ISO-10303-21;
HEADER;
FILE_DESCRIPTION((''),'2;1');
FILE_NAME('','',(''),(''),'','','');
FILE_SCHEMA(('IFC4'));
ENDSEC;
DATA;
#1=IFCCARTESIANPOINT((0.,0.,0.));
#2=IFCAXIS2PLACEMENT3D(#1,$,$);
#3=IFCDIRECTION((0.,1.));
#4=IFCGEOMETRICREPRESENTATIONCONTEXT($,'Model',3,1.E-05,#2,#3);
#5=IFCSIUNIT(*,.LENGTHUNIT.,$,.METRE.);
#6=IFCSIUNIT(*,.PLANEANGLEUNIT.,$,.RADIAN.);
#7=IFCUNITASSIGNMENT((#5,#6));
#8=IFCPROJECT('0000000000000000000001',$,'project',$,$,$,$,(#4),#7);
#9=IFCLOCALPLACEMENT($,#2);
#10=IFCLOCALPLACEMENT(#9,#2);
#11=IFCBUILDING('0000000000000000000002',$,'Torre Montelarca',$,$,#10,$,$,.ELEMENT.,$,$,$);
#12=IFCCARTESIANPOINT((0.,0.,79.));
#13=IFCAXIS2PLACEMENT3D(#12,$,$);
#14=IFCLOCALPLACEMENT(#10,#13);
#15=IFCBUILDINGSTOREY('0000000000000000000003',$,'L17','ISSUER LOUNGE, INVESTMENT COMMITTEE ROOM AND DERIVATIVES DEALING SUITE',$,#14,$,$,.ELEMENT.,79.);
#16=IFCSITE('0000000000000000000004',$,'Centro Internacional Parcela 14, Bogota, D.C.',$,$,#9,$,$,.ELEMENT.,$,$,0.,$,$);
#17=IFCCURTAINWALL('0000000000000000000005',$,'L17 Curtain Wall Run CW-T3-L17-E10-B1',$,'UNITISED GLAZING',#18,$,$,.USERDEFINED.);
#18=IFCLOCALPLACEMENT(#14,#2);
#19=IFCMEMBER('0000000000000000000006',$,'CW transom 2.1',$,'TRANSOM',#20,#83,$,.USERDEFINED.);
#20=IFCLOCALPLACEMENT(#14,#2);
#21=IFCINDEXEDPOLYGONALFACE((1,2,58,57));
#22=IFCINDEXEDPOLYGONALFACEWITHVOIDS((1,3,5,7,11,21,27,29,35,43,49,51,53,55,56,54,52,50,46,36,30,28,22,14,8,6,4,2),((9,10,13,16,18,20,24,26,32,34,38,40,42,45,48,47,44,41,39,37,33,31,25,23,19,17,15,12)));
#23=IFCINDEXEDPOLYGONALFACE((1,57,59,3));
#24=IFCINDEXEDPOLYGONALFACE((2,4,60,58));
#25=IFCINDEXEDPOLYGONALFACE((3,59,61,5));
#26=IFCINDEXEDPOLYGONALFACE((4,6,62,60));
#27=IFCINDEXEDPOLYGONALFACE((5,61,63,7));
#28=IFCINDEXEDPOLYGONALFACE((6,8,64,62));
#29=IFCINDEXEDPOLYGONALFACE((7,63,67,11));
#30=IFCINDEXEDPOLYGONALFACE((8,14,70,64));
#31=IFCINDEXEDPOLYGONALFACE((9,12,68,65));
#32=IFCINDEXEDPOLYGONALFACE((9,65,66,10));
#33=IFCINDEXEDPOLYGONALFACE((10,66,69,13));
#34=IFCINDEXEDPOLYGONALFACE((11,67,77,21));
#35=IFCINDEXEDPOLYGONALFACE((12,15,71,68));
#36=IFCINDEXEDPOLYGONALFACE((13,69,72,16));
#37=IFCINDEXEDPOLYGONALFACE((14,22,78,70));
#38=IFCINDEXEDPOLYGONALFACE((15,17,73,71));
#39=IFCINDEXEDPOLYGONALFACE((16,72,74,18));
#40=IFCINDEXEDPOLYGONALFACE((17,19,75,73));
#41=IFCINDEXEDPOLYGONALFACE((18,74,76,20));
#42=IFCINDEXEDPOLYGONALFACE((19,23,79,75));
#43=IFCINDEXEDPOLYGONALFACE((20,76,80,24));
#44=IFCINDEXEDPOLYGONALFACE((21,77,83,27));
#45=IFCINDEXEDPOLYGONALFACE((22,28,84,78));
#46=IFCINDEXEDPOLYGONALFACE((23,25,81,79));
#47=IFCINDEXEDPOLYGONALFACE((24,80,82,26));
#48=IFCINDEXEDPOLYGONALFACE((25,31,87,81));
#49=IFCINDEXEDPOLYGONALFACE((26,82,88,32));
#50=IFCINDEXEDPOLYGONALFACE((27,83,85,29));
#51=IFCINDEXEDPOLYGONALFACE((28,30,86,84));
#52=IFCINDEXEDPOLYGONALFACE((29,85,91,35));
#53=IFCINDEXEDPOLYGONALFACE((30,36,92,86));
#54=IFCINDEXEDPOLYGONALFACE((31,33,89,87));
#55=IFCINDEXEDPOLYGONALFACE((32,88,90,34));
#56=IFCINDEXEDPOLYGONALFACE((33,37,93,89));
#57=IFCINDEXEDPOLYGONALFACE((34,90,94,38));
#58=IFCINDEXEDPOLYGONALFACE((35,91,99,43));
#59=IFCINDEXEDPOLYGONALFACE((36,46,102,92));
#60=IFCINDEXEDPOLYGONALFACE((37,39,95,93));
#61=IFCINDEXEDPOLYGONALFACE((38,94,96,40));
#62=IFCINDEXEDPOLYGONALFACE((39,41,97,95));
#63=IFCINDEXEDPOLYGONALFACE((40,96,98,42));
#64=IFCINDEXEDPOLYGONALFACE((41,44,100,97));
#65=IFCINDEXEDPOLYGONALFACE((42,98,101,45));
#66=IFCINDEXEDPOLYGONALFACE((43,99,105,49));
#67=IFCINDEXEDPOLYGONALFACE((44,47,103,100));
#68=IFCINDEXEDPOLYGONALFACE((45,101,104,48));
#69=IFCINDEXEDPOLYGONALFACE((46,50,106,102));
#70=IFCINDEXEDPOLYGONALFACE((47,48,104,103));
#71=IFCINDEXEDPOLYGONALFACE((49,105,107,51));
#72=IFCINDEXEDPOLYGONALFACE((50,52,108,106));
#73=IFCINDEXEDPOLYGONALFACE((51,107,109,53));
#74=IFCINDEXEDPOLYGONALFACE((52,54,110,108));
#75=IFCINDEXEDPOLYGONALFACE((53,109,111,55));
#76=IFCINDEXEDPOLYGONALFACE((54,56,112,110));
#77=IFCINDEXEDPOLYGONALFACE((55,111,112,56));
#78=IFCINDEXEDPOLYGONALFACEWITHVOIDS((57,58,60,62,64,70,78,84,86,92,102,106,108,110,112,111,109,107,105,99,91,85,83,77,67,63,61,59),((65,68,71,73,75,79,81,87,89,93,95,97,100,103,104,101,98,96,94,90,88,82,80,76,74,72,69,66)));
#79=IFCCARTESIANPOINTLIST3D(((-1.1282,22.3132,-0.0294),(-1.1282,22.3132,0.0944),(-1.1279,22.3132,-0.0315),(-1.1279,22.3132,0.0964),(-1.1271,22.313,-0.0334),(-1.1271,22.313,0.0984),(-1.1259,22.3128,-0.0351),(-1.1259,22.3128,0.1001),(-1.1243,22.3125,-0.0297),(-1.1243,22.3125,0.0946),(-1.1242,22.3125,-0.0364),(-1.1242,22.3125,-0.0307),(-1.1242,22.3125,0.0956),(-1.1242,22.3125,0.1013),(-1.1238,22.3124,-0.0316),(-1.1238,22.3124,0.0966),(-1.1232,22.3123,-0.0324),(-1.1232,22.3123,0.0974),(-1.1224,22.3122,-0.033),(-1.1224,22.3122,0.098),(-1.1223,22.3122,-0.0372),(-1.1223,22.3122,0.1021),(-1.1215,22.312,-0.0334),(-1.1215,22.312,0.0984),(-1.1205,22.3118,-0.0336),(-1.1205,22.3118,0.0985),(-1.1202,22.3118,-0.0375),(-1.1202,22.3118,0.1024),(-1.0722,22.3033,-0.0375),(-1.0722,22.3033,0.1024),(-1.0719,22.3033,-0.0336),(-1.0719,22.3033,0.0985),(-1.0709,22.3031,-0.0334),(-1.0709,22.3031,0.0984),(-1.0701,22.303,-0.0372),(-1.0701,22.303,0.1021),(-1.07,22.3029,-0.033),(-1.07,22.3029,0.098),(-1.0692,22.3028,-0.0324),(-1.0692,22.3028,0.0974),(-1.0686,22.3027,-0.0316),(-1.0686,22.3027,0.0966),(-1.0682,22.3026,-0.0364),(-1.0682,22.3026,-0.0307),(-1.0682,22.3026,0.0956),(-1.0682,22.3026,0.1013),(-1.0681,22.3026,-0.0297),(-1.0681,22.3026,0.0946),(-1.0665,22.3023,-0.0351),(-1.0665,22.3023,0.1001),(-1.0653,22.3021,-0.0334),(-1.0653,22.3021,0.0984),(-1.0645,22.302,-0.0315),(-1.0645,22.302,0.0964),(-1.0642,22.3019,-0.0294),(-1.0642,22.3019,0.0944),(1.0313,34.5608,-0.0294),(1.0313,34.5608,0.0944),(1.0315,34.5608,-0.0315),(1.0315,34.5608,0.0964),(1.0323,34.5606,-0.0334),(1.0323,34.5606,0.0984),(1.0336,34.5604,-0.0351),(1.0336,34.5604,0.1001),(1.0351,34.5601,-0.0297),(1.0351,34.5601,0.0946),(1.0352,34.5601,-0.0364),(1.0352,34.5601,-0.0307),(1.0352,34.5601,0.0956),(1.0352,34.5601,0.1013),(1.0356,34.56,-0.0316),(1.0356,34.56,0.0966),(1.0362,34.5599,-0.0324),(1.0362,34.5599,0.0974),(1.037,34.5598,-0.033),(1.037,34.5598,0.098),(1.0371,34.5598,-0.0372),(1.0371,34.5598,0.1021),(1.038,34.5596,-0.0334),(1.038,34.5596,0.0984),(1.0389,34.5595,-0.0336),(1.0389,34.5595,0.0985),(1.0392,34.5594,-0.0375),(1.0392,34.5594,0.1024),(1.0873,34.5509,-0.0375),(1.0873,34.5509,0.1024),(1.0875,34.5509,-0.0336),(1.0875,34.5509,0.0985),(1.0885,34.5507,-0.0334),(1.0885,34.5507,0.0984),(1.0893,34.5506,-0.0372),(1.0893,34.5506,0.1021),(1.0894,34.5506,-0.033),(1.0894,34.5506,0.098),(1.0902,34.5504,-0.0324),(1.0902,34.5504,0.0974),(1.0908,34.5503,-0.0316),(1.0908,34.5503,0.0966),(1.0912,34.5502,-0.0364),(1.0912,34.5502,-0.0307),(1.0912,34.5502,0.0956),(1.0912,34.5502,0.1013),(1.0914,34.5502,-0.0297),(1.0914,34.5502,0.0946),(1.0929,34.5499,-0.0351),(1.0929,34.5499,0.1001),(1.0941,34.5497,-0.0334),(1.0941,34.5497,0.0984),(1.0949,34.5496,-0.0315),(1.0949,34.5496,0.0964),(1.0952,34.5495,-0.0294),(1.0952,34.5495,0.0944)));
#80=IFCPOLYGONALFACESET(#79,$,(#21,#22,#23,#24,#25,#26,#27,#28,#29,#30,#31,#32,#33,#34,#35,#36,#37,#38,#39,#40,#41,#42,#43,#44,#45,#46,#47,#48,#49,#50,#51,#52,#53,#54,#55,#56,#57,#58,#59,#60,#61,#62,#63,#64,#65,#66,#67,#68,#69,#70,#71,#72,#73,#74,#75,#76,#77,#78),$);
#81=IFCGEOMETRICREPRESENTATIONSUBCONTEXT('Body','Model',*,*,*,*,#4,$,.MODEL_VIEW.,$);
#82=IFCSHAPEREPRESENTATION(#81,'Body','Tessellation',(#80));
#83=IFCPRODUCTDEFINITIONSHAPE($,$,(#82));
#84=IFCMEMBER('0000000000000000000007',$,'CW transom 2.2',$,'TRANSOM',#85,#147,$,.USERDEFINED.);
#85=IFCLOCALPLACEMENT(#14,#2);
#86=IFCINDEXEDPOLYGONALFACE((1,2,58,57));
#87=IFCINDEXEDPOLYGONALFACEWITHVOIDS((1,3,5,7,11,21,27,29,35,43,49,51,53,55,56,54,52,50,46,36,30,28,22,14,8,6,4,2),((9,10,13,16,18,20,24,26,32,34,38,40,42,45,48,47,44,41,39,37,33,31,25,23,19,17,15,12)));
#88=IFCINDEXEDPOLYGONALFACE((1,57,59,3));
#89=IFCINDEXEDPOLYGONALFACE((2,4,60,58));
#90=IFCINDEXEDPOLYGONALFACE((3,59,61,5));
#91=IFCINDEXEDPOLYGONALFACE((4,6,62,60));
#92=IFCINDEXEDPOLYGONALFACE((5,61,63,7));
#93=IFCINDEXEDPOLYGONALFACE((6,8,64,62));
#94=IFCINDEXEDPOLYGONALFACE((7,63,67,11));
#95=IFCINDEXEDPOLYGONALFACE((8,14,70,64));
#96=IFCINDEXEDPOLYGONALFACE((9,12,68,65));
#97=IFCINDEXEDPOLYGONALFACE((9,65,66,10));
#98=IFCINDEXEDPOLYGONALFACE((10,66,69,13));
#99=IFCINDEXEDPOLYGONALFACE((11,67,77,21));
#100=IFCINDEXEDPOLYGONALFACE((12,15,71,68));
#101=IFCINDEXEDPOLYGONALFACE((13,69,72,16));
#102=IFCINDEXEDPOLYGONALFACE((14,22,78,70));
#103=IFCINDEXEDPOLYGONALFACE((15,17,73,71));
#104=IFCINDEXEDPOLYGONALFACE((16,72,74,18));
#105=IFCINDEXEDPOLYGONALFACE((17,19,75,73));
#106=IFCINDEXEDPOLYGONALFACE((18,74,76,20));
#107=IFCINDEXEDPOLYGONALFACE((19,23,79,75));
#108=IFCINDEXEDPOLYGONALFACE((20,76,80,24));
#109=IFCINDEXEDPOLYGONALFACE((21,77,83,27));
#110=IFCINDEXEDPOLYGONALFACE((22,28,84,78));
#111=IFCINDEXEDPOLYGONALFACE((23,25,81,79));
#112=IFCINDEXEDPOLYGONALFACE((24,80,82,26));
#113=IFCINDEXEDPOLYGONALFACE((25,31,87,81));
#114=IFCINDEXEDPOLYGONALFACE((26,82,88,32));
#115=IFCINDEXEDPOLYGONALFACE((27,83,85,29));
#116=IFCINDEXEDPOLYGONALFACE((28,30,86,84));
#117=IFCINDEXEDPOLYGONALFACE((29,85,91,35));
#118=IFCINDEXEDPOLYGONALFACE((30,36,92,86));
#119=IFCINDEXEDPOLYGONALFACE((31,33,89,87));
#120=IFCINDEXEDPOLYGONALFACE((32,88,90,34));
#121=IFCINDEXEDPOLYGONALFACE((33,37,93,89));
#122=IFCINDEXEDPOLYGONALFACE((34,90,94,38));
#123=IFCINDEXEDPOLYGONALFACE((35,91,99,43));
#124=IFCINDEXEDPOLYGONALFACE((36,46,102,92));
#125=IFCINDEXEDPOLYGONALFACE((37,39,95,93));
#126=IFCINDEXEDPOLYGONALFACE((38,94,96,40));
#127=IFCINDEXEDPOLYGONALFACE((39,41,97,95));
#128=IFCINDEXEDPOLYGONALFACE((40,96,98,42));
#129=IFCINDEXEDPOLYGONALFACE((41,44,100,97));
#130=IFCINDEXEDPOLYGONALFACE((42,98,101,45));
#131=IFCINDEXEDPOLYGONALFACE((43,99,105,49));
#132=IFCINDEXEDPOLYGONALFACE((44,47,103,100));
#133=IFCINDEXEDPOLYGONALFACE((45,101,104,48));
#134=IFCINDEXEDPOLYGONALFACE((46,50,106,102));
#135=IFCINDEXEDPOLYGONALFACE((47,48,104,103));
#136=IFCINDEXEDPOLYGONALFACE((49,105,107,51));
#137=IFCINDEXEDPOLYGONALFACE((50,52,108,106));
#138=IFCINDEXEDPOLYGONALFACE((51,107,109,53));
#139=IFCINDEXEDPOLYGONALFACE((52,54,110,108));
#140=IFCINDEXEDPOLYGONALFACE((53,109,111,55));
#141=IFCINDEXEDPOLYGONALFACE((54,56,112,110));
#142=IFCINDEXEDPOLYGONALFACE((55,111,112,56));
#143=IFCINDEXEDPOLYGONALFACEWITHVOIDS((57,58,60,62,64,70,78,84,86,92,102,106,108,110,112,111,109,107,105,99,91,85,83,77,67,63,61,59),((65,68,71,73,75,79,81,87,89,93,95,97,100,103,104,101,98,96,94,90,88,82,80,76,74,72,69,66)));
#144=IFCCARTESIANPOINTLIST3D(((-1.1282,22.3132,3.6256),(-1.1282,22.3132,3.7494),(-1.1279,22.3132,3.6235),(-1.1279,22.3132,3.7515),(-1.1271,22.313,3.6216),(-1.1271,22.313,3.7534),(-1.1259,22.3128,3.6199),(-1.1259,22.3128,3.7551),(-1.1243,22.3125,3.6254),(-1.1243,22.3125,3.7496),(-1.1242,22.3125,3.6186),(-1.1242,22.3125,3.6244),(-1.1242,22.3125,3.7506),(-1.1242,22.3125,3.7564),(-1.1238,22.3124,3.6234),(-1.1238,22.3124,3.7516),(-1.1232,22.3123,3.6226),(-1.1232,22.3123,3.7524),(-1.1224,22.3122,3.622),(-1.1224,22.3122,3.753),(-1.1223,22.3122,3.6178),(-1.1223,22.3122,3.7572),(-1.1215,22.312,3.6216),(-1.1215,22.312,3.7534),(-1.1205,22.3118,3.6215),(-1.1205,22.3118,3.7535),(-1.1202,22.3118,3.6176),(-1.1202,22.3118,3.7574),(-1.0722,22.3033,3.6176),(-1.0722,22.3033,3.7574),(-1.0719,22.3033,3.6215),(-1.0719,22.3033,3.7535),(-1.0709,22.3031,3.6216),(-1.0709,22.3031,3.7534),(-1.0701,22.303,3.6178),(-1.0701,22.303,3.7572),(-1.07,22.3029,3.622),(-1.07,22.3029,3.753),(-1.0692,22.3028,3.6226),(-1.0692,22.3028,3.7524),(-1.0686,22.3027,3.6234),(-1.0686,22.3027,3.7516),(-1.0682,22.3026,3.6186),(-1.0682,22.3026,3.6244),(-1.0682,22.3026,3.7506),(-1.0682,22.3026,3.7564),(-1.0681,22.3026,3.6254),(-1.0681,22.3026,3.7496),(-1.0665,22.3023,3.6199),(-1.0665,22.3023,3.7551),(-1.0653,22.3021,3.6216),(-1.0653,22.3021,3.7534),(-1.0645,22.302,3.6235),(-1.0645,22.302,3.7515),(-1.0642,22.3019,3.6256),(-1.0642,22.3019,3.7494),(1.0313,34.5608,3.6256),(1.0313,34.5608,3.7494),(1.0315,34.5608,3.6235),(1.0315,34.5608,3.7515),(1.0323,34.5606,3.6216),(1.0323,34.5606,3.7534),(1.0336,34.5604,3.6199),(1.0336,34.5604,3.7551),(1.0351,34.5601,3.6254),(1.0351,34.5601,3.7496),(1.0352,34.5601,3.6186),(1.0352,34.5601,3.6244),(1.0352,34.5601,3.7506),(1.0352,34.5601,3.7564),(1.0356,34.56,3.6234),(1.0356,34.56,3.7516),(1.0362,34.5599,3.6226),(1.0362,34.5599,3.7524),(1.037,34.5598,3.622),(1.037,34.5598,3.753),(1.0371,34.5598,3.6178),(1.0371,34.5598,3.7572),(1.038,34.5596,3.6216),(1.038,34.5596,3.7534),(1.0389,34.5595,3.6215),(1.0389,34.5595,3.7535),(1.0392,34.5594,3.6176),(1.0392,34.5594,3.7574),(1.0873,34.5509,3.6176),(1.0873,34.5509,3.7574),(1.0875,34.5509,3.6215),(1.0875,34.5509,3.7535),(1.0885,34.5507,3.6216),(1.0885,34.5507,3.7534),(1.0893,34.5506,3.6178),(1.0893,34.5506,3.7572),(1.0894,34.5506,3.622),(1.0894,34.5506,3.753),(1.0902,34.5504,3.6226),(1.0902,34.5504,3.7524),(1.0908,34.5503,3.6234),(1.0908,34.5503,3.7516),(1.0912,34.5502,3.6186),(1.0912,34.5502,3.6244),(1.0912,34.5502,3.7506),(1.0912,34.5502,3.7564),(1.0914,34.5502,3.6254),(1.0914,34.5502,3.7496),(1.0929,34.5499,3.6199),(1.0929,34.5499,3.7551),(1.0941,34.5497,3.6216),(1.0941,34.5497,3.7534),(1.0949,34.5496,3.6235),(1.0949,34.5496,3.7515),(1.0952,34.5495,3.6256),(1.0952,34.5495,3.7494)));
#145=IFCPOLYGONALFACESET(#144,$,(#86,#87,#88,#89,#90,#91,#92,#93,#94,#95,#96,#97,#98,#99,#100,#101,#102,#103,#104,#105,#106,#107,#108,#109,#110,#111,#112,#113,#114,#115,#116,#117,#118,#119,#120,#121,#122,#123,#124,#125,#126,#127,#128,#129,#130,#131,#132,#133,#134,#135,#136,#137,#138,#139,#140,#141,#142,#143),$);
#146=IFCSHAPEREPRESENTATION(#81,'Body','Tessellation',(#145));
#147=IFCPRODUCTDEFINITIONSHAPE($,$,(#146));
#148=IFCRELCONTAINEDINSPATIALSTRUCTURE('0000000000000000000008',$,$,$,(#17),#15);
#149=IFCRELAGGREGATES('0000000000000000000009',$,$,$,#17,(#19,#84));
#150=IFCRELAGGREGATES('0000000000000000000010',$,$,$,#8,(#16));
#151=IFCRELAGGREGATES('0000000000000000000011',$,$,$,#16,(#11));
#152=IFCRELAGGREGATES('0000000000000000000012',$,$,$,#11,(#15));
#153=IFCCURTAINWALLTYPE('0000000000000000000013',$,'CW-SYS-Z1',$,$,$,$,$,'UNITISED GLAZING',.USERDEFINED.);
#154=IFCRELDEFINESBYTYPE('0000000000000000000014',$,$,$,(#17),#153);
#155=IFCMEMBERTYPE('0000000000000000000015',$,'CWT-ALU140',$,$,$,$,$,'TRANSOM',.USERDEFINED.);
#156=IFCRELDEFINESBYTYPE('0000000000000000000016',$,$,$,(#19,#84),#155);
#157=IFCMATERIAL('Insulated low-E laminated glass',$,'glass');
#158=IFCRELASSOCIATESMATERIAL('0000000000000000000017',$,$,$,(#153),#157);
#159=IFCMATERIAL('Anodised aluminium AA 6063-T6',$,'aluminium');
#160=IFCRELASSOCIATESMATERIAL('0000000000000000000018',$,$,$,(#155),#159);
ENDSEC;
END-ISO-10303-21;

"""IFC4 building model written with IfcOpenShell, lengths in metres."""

from ifc_helpers import new_model, si_unit, direction, frame, origin, origin_2d, place, context, subcontext, project, spatial, hollow_rectangle, extrude, source, transform, mapped, material, material_profile, profile_set, type_object, element, aggregate, save


model = new_model("IFC4")

# Units and contexts
model_context = context("Model", 3, precision=1e-05, world=origin(), true_north=direction((0.0, 1.0)))
body_context = subcontext(model_context, "Body", "Model", "MODEL_VIEW")
ifc_project = project(units=[si_unit("LENGTHUNIT", "METRE"), si_unit("PLANEANGLEUNIT", "RADIAN")], contexts=[model_context])

# Site, building, storey
site_placement = place(None, origin())
site = spatial("IfcSite", under=ifc_project, at=site_placement, Name="Centro Internacional Parcela 14, Bogota, D.C.", CompositionType="ELEMENT", RefElevation=0.0)
building_placement = place(site_placement, origin())
building = spatial("IfcBuilding", under=site, at=building_placement, Name="Torre Montelarca", CompositionType="ELEMENT")
storey_placement = place(building_placement, frame((0.0, 0.0, 79.0)))
storey = spatial("IfcBuildingStorey", under=building, at=storey_placement, Name="L17", Description="ISSUER LOUNGE, INVESTMENT COMMITTEE ROOM AND DERIVATIVES DEALING SUITE", CompositionType="ELEMENT", Elevation=79.0)

# Curtain wall, members
ifc_material_1 = material(Name="Insulated low-E laminated glass", Category="glass")
curtain_wall_type = type_object("IfcCurtainWallType", Name="CW-SYS-Z1", ElementType="UNITISED GLAZING", PredefinedType="USERDEFINED", material=ifc_material_1)
curtain_wall_placement = place(storey_placement, origin())
curtain_wall = element("IfcCurtainWall", 1, at=curtain_wall_placement, inside=storey, type_object=curtain_wall_type, Name="L17 Curtain Wall Run CW-T3-L17-E10-B1", ObjectType="UNITISED GLAZING", PredefinedType="USERDEFINED")
ifc_material_2 = material(Name="Anodised aluminium AA 6063-T6", Category="aluminium")
ifc_material_profile_1 = material_profile(ifc_material_2, hollow_rectangle(XDim=0.0649, YDim=0.1399, WallThickness=0.0039, InnerFilletRadius=0.0039, OuterFilletRadius=0.0081, at=origin_2d()), Name="ALU65X140X4", Category="aluminium")
ifc_profile_set_1 = profile_set([ifc_material_profile_1], Name="Anodised aluminium AA 6063-T6")
member_type_1 = type_object("IfcMemberType", Name="CWT-ALU140", ElementType="TRANSOM", PredefinedType="USERDEFINED", material=ifc_profile_set_1)
shared_shape_1 = source(origin(), body_context, "Body", "SweptSolid", [
    extrude(hollow_rectangle(XDim=0.0649, YDim=0.1399, WallThickness=0.0039, InnerFilletRadius=0.0039, OuterFilletRadius=0.0081, at=origin_2d()), origin(), (0.0, 0.0, 1.0), 12.4365),
])
member_1_placement = place(storey_placement, frame((1.0632, 34.5552, 0.0325), z_axis=(-0.173636, -0.98481, 0.0), x_axis=(0.98481, -0.173636, 0.0)))
member_1 = element("IfcMember", 2, at=member_1_placement, type_object=member_type_1, Name="CW transom 2.1", ObjectType="TRANSOM", PredefinedType="USERDEFINED", context=body_context, shape_type="MappedRepresentation", body=[
    mapped(shared_shape_1, transform((0.0, 0.0, 0.0), scale=1.0)),
])
member_2_placement = place(storey_placement, frame((1.0632, 34.5552, 3.6875), z_axis=(-0.173636, -0.98481, 0.0), x_axis=(0.98481, -0.173636, 0.0)))
member_2 = element("IfcMember", 3, at=member_2_placement, type_object=member_type_1, Name="CW transom 2.2", ObjectType="TRANSOM", PredefinedType="USERDEFINED", context=body_context, shape_type="MappedRepresentation", body=[
    mapped(shared_shape_1, transform((0.0, 0.0, 0.0), scale=1.0)),
])
aggregate(curtain_wall, [member_1, member_2])

save(model, "model.ifc")
